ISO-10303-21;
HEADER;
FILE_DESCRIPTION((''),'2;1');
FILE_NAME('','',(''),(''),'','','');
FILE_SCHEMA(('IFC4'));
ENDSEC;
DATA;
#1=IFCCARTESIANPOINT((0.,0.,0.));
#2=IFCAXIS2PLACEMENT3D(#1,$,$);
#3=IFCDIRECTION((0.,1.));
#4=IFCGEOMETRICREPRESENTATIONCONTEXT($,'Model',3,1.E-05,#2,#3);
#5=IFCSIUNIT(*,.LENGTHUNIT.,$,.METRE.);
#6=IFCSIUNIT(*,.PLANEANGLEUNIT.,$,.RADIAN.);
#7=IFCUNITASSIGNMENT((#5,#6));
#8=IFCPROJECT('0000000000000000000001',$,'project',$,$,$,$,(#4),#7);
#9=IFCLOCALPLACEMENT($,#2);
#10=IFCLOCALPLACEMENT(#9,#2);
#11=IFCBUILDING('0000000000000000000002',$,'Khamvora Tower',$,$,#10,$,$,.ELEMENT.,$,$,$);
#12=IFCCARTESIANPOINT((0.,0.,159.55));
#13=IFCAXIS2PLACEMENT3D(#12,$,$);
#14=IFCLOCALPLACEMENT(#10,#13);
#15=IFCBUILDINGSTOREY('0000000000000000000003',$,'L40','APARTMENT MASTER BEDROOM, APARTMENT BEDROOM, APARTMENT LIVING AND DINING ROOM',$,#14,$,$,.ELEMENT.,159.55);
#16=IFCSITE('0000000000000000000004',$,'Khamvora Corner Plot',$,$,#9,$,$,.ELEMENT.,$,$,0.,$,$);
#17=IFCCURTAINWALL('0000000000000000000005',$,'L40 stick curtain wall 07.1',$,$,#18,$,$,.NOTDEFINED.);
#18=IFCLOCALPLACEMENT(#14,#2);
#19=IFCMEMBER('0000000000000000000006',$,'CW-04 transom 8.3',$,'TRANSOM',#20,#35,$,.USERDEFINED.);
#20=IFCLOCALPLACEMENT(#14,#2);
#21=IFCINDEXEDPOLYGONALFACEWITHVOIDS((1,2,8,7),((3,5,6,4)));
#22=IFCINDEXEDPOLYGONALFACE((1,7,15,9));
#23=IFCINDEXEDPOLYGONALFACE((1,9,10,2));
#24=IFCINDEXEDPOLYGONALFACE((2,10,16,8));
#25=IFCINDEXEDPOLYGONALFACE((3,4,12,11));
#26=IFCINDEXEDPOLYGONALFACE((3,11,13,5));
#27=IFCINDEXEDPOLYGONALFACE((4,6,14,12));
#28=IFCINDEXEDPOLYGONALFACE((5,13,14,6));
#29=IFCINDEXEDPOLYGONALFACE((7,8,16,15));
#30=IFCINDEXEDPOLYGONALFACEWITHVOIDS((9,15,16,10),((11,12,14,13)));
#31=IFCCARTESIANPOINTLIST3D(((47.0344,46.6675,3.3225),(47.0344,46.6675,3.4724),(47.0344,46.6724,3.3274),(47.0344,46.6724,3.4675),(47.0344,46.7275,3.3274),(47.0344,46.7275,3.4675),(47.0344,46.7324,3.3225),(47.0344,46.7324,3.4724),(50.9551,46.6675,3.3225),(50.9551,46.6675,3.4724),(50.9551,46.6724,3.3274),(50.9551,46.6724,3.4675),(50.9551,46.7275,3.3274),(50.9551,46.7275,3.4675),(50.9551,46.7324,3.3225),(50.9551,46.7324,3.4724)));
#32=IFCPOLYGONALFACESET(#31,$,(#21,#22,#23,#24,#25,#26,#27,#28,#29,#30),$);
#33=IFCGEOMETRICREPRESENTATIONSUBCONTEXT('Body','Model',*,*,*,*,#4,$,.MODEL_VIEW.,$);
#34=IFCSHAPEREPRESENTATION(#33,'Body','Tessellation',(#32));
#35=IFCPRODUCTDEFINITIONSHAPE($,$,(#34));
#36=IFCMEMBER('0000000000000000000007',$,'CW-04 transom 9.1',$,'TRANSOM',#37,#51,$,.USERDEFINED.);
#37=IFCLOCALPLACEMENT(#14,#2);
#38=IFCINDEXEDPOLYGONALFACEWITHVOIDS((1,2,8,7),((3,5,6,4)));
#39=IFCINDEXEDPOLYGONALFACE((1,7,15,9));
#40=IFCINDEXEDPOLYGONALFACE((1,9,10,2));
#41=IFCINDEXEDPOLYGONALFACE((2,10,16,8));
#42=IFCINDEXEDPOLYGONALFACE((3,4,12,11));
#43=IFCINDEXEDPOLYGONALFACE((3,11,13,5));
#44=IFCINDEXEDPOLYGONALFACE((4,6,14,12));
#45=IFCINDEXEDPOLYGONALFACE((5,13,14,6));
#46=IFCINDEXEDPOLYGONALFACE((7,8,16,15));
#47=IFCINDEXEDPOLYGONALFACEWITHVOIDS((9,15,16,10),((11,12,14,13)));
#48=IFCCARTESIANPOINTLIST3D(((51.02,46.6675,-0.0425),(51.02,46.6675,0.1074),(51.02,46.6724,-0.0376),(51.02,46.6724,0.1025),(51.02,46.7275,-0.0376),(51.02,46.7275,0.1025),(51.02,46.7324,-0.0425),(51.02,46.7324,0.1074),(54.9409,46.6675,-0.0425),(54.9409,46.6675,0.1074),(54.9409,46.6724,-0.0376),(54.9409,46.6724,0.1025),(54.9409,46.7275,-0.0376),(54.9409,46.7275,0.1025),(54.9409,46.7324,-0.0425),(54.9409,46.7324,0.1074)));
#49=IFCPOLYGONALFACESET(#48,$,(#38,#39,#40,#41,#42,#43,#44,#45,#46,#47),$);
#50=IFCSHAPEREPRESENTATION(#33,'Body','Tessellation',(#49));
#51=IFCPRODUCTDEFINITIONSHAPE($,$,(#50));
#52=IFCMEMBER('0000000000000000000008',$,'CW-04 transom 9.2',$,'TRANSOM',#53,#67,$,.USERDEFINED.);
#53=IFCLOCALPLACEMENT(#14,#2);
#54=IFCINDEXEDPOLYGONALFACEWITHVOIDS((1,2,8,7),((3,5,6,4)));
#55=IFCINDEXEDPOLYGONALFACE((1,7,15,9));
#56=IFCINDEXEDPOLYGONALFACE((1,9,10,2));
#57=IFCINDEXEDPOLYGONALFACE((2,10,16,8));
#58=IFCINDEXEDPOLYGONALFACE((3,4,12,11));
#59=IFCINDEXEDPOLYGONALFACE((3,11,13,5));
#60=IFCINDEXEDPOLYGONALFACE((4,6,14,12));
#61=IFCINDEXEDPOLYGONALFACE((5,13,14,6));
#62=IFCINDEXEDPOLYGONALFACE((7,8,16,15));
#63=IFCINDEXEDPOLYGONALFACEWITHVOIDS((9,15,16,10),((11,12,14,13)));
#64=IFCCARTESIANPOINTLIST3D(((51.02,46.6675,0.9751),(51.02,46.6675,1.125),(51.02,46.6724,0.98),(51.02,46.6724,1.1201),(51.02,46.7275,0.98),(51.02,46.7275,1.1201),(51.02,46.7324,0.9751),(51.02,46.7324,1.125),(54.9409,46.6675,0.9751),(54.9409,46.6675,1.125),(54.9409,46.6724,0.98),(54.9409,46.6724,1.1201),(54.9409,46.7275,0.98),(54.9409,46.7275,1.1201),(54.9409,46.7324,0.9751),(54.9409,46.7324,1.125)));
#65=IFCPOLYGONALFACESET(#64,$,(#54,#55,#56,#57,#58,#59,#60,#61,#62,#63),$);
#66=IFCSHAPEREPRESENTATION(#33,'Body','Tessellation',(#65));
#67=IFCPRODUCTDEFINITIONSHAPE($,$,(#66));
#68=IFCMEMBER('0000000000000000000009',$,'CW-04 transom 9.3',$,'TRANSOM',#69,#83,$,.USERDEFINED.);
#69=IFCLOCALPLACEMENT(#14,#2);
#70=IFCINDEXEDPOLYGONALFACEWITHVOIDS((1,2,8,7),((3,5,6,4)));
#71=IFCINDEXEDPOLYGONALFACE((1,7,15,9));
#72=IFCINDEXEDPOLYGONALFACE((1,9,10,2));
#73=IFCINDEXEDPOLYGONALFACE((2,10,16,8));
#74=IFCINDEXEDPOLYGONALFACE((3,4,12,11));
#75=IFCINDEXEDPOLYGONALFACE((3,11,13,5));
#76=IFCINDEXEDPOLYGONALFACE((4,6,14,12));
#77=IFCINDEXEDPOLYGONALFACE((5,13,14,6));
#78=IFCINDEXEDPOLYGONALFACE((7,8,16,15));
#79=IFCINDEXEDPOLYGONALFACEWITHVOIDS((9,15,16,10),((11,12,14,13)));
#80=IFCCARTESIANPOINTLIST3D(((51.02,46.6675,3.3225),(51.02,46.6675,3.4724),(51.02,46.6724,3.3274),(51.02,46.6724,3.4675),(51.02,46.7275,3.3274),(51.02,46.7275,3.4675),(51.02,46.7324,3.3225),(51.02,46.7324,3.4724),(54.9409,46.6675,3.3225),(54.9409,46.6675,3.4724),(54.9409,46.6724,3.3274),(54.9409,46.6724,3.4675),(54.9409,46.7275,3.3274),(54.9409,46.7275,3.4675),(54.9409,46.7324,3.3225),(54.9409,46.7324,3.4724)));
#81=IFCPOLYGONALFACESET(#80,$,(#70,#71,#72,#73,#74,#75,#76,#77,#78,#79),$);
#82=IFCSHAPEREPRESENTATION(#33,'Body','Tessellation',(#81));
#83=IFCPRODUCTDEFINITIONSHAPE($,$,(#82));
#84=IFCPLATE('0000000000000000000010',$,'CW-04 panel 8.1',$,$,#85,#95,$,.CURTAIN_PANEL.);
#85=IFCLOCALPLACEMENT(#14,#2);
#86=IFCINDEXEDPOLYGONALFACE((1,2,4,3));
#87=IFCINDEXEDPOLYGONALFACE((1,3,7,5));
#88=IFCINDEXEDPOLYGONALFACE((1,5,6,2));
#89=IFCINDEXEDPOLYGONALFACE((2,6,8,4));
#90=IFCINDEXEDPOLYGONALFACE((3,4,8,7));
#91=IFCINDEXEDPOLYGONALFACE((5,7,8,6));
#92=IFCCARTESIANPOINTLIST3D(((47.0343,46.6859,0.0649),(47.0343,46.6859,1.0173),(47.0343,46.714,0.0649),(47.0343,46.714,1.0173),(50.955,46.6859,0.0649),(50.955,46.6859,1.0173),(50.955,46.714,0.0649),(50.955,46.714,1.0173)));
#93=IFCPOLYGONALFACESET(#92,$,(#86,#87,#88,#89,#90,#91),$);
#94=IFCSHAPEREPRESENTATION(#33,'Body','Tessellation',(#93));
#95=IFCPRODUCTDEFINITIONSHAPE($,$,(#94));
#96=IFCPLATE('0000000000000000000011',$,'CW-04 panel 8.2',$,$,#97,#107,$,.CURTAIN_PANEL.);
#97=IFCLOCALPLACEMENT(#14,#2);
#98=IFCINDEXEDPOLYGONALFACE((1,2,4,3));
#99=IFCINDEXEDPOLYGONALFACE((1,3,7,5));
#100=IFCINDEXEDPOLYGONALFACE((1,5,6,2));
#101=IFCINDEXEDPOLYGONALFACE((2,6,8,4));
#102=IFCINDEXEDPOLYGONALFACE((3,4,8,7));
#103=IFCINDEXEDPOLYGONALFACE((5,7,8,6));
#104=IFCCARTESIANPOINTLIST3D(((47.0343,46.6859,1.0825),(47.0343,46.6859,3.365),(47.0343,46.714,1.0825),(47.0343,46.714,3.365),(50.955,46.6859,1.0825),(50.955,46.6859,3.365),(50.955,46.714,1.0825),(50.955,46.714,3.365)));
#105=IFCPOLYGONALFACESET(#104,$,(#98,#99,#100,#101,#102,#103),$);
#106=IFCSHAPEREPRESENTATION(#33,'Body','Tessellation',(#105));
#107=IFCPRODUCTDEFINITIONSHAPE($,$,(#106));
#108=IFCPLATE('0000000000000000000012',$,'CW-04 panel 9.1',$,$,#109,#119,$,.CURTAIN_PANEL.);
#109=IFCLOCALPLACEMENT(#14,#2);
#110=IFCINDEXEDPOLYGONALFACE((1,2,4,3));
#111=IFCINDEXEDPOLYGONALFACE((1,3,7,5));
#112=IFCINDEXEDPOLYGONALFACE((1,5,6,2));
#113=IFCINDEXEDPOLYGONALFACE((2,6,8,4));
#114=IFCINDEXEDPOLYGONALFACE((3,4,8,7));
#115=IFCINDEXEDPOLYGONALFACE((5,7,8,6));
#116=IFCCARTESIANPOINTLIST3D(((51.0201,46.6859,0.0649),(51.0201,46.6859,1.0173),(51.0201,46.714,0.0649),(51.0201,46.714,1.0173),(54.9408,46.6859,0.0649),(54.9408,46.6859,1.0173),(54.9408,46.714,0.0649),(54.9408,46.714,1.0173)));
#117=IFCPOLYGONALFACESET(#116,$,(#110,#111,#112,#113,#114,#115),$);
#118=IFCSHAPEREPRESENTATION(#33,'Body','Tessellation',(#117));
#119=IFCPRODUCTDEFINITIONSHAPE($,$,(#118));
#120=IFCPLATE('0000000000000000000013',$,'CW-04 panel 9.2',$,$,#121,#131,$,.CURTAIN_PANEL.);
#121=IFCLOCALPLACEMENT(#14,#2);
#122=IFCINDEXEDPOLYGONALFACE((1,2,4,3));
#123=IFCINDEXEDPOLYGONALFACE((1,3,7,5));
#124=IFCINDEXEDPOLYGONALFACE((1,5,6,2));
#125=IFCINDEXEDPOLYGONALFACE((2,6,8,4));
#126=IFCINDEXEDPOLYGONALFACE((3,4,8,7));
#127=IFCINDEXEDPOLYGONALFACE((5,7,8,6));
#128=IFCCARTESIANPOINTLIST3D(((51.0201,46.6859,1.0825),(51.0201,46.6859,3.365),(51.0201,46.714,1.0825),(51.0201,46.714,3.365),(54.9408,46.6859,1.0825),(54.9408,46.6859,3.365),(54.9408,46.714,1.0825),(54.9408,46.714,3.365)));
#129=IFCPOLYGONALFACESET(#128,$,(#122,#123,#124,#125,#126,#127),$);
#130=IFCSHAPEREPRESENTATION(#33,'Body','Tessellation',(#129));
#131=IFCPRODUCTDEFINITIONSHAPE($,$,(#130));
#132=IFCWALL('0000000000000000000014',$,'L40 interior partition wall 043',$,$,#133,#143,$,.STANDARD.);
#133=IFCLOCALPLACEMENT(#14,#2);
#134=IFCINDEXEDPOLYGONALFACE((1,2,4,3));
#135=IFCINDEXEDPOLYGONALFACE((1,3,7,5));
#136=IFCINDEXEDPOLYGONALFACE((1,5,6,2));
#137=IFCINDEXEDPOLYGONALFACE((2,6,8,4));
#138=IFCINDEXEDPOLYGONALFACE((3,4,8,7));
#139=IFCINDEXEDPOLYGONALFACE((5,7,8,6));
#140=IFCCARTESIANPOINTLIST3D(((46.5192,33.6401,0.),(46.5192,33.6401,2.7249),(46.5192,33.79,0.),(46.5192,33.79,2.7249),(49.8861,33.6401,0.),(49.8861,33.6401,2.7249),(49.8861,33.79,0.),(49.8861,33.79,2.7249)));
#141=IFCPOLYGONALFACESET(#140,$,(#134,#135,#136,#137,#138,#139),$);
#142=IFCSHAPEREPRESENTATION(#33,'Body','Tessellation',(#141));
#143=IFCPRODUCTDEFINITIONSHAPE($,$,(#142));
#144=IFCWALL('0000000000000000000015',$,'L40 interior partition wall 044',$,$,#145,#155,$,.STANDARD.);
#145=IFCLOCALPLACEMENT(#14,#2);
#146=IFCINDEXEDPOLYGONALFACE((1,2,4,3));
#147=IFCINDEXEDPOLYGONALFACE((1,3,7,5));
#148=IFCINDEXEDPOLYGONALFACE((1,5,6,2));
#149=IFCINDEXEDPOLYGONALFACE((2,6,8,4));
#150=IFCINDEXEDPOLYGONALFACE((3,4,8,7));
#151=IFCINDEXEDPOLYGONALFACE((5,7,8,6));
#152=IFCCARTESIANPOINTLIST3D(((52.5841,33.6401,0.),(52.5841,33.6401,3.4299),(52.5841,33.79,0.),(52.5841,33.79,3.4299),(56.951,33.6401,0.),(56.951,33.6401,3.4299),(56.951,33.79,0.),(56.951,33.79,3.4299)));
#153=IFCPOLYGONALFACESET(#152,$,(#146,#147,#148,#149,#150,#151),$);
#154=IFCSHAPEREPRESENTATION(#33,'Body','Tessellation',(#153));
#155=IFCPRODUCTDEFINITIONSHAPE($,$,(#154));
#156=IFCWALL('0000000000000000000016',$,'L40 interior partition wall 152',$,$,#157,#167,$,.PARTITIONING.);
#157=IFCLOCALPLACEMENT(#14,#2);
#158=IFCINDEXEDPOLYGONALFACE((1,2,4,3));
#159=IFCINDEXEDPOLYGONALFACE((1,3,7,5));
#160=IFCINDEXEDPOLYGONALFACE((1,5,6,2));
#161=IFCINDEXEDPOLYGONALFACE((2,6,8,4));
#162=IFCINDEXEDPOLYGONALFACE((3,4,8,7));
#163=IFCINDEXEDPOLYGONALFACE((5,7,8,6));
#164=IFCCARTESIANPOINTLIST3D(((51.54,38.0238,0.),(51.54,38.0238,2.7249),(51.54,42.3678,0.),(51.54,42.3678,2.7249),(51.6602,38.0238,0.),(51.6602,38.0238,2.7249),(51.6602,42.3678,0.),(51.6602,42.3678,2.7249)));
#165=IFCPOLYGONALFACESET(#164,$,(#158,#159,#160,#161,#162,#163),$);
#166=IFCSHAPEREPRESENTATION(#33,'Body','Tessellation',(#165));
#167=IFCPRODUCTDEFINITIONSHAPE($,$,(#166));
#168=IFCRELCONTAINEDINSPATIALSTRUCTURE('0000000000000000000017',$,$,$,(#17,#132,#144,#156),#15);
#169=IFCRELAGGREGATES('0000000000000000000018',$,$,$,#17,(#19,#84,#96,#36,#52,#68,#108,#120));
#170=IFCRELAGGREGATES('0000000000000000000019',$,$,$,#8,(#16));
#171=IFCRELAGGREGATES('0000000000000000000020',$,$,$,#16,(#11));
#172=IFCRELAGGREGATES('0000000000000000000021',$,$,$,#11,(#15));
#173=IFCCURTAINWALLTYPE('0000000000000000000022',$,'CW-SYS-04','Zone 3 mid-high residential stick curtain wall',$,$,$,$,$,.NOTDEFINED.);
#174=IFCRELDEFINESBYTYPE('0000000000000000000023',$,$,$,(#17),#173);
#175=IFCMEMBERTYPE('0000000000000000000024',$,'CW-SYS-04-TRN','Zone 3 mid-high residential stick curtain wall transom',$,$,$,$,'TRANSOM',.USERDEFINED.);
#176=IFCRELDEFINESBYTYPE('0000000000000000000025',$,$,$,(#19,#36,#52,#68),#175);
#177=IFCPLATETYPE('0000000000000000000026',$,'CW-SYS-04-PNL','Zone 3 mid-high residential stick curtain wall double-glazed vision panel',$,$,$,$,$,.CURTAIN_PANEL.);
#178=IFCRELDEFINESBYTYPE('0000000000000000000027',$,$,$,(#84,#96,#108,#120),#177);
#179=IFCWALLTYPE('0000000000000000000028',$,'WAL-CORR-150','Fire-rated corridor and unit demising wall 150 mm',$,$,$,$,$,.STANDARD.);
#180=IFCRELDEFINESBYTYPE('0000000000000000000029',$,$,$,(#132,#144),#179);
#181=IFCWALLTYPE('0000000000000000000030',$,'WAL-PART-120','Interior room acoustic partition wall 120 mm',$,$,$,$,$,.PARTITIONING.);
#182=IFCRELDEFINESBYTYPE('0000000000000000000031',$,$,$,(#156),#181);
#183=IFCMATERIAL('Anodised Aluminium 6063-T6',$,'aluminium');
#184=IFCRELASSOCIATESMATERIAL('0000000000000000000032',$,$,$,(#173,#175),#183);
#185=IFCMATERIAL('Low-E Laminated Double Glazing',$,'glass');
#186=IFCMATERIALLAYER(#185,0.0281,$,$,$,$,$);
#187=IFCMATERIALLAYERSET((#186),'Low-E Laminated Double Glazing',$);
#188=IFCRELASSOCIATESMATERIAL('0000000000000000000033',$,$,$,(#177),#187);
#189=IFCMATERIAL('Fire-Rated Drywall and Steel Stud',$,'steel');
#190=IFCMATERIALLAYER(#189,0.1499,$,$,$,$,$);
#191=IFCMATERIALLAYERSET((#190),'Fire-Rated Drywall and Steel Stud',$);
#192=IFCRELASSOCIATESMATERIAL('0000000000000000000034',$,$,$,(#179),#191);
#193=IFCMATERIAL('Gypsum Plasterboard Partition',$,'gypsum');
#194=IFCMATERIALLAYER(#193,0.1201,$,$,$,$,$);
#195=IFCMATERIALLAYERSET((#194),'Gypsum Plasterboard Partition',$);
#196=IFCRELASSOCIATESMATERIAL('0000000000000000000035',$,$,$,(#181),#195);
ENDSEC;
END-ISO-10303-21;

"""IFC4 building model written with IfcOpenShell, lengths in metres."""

from ifc_helpers import new_model, si_unit, direction, frame, frame_2d, origin, origin_2d, place, context, subcontext, project, spatial, rectangle, hollow_rectangle, extrude, material, layer, layer_set, material_profile, profile_set, type_object, element, aggregate, save


model = new_model("IFC4")

# Units and contexts
model_context = context("Model", 3, precision=1e-05, world=origin(), true_north=direction((0.0, 1.0)))
body_context = subcontext(model_context, "Body", "Model", "MODEL_VIEW")
ifc_project = project(units=[si_unit("LENGTHUNIT", "METRE"), si_unit("PLANEANGLEUNIT", "RADIAN")], contexts=[model_context])

# Site, building, storey
site_placement = place(None, origin())
site = spatial("IfcSite", under=ifc_project, at=site_placement, Name="Khamvora Corner Plot", CompositionType="ELEMENT", RefElevation=0.0)
building_placement = place(site_placement, origin())
building = spatial("IfcBuilding", under=site, at=building_placement, Name="Khamvora Tower", CompositionType="ELEMENT")
storey_placement = place(building_placement, frame((0.0, 0.0, 159.55)))
storey = spatial("IfcBuildingStorey", under=building, at=storey_placement, Name="L40", Description="APARTMENT MASTER BEDROOM, APARTMENT BEDROOM, APARTMENT LIVING AND DINING ROOM", CompositionType="ELEMENT", Elevation=159.55)

# Curtain wall, members, plates
ifc_material_1 = material(Name="Anodised Aluminium 6063-T6", Category="aluminium")
curtain_wall_type = type_object("IfcCurtainWallType", Name="CW-SYS-04", Description="Zone 3 mid-high residential stick curtain wall", PredefinedType="NOTDEFINED", material=ifc_material_1)
curtain_wall_placement = place(storey_placement, origin())
curtain_wall = element("IfcCurtainWall", 1, at=curtain_wall_placement, inside=storey, type_object=curtain_wall_type, Name="L40 stick curtain wall 07.1", PredefinedType="NOTDEFINED")
ifc_material_profile_1 = material_profile(ifc_material_1, hollow_rectangle(XDim=0.0649, YDim=0.1499, WallThickness=0.0049, at=origin_2d()), Name="TRN65x150x5")
ifc_profile_set_1 = profile_set([ifc_material_profile_1], Name="Anodised Aluminium 6063-T6")
member_type_1 = type_object("IfcMemberType", Name="CW-SYS-04-TRN", Description="Zone 3 mid-high residential stick curtain wall transom", ElementType="TRANSOM", PredefinedType="USERDEFINED", material=ifc_profile_set_1)
member_1_placement = place(storey_placement, frame((47.0344, 46.7, 3.3975), z_axis=(1.0, 0.0, 0.0), x_axis=(0.0, 1.0, 0.0)))
member_1 = element("IfcMember", 2, at=member_1_placement, type_object=member_type_1, Name="CW-04 transom 8.3", ObjectType="TRANSOM", PredefinedType="USERDEFINED", context=body_context, shape_type="SweptSolid", body=[
    extrude(hollow_rectangle(XDim=0.0649, YDim=0.1499, WallThickness=0.0049, at=origin_2d()), origin(), (0.0, 0.0, 1.0), 3.9207),
])
member_2_placement = place(storey_placement, frame((51.02, 46.7, 0.0325), z_axis=(1.0, 0.0, 0.0), x_axis=(0.0, 1.0, 0.0)))
member_2 = element("IfcMember", 3, at=member_2_placement, type_object=member_type_1, Name="CW-04 transom 9.1", ObjectType="TRANSOM", PredefinedType="USERDEFINED", context=body_context, shape_type="SweptSolid", body=[
    extrude(hollow_rectangle(XDim=0.0649, YDim=0.1499, WallThickness=0.0049, at=origin_2d()), origin(), (0.0, 0.0, 1.0), 3.9209),
])
member_3_placement = place(storey_placement, frame((51.02, 46.7, 1.05), z_axis=(1.0, 0.0, 0.0), x_axis=(0.0, 1.0, 0.0)))
member_3 = element("IfcMember", 4, at=member_3_placement, type_object=member_type_1, Name="CW-04 transom 9.2", ObjectType="TRANSOM", PredefinedType="USERDEFINED", context=body_context, shape_type="SweptSolid", body=[
    extrude(hollow_rectangle(XDim=0.0649, YDim=0.1499, WallThickness=0.0049, at=origin_2d()), origin(), (0.0, 0.0, 1.0), 3.9209),
])
member_4_placement = place(storey_placement, frame((51.02, 46.7, 3.3975), z_axis=(1.0, 0.0, 0.0), x_axis=(0.0, 1.0, 0.0)))
member_4 = element("IfcMember", 5, at=member_4_placement, type_object=member_type_1, Name="CW-04 transom 9.3", ObjectType="TRANSOM", PredefinedType="USERDEFINED", context=body_context, shape_type="SweptSolid", body=[
    extrude(hollow_rectangle(XDim=0.0649, YDim=0.1499, WallThickness=0.0049, at=origin_2d()), origin(), (0.0, 0.0, 1.0), 3.9209),
])
ifc_material_2 = material(Name="Low-E Laminated Double Glazing", Category="glass")
ifc_layer_1 = layer(ifc_material_2, 0.0281)
ifc_layer_set_1 = layer_set([ifc_layer_1], Name="Low-E Laminated Double Glazing")
plate_type = type_object("IfcPlateType", Name="CW-SYS-04-PNL", Description="Zone 3 mid-high residential stick curtain wall double-glazed vision panel", PredefinedType="CURTAIN_PANEL", material=ifc_layer_set_1)
plate_1_placement = place(storey_placement, frame((48.9946, 46.7, 0.0649), z_axis=(0.0, 0.0, 1.0), x_axis=(1.0, 0.0, 0.0)))
plate_1 = element("IfcPlate", 6, at=plate_1_placement, type_object=plate_type, Name="CW-04 panel 8.1", PredefinedType="CURTAIN_PANEL", context=body_context, shape_type="SweptSolid", body=[
    extrude(rectangle(XDim=3.9207, YDim=0.0281, at=origin_2d()), origin(), (0.0, 0.0, 1.0), 0.9524),
])
plate_2_placement = place(storey_placement, frame((48.9946, 46.7, 1.0825), z_axis=(0.0, 0.0, 1.0), x_axis=(1.0, 0.0, 0.0)))
plate_2 = element("IfcPlate", 7, at=plate_2_placement, type_object=plate_type, Name="CW-04 panel 8.2", PredefinedType="CURTAIN_PANEL", context=body_context, shape_type="SweptSolid", body=[
    extrude(rectangle(XDim=3.9207, YDim=0.0281, at=origin_2d()), origin(), (0.0, 0.0, 1.0), 2.2825),
])
plate_3_placement = place(storey_placement, frame((52.9805, 46.7, 0.0649), z_axis=(0.0, 0.0, 1.0), x_axis=(1.0, 0.0, 0.0)))
plate_3 = element("IfcPlate", 8, at=plate_3_placement, type_object=plate_type, Name="CW-04 panel 9.1", PredefinedType="CURTAIN_PANEL", context=body_context, shape_type="SweptSolid", body=[
    extrude(rectangle(XDim=3.9207, YDim=0.0281, at=origin_2d()), origin(), (0.0, 0.0, 1.0), 0.9524),
])
plate_4_placement = place(storey_placement, frame((52.9805, 46.7, 1.0825), z_axis=(0.0, 0.0, 1.0), x_axis=(1.0, 0.0, 0.0)))
plate_4 = element("IfcPlate", 9, at=plate_4_placement, type_object=plate_type, Name="CW-04 panel 9.2", PredefinedType="CURTAIN_PANEL", context=body_context, shape_type="SweptSolid", body=[
    extrude(rectangle(XDim=3.9207, YDim=0.0281, at=origin_2d()), origin(), (0.0, 0.0, 1.0), 2.2825),
])
aggregate(curtain_wall, [member_1, plate_1, plate_2, member_2, member_3, member_4, plate_3, plate_4])

# Shared definitions
ifc_material_3 = material(Name="Fire-Rated Drywall and Steel Stud", Category="steel")
ifc_layer_2 = layer(ifc_material_3, 0.1499)
ifc_layer_set_2 = layer_set([ifc_layer_2], Name="Fire-Rated Drywall and Steel Stud")
wall_type_1 = type_object("IfcWallType", Name="WAL-CORR-150", Description="Fire-rated corridor and unit demising wall 150 mm", PredefinedType="STANDARD", material=ifc_layer_set_2)

# Walls
wall_1_placement = place(storey_placement, frame((46.519, 33.7151, 0.0), z_axis=(0.0, 0.0, 1.0), x_axis=(1.0, 0.0, 0.0)))
element("IfcWall", 10, at=wall_1_placement, inside=storey, type_object=wall_type_1, Name="L40 interior partition wall 043", PredefinedType="STANDARD", context=body_context, shape_type="SweptSolid", body=[
    extrude(rectangle(XDim=3.3669, YDim=0.1499, at=frame_2d((1.6836, 0.0))), origin(), (0.0, 0.0, 1.0), 2.7249),
])
wall_2_placement = place(storey_placement, frame((52.584, 33.7151, 0.0), z_axis=(0.0, 0.0, 1.0), x_axis=(1.0, 0.0, 0.0)))
element("IfcWall", 11, at=wall_2_placement, inside=storey, type_object=wall_type_1, Name="L40 interior partition wall 044", PredefinedType="STANDARD", context=body_context, shape_type="SweptSolid", body=[
    extrude(rectangle(XDim=4.3669, YDim=0.1499, at=frame_2d((2.1836, 0.0))), origin(), (0.0, 0.0, 1.0), 3.4299),
])
ifc_material_4 = material(Name="Gypsum Plasterboard Partition", Category="gypsum")
ifc_layer_3 = layer(ifc_material_4, 0.1201)
ifc_layer_set_3 = layer_set([ifc_layer_3], Name="Gypsum Plasterboard Partition")
wall_type_2 = type_object("IfcWallType", Name="WAL-PART-120", Description="Interior room acoustic partition wall 120 mm", PredefinedType="PARTITIONING", material=ifc_layer_set_3)
wall_3_placement = place(storey_placement, frame((51.6001, 38.0239, 0.0), z_axis=(0.0, 0.0, 1.0), x_axis=(0.0, 1.0, 0.0)))
element("IfcWall", 12, at=wall_3_placement, inside=storey, type_object=wall_type_2, Name="L40 interior partition wall 152", PredefinedType="PARTITIONING", context=body_context, shape_type="SweptSolid", body=[
    extrude(rectangle(XDim=4.344, YDim=0.1201, at=frame_2d((2.1719, 0.0))), origin(), (0.0, 0.0, 1.0), 2.7249),
])

save(model, "model.ifc")
